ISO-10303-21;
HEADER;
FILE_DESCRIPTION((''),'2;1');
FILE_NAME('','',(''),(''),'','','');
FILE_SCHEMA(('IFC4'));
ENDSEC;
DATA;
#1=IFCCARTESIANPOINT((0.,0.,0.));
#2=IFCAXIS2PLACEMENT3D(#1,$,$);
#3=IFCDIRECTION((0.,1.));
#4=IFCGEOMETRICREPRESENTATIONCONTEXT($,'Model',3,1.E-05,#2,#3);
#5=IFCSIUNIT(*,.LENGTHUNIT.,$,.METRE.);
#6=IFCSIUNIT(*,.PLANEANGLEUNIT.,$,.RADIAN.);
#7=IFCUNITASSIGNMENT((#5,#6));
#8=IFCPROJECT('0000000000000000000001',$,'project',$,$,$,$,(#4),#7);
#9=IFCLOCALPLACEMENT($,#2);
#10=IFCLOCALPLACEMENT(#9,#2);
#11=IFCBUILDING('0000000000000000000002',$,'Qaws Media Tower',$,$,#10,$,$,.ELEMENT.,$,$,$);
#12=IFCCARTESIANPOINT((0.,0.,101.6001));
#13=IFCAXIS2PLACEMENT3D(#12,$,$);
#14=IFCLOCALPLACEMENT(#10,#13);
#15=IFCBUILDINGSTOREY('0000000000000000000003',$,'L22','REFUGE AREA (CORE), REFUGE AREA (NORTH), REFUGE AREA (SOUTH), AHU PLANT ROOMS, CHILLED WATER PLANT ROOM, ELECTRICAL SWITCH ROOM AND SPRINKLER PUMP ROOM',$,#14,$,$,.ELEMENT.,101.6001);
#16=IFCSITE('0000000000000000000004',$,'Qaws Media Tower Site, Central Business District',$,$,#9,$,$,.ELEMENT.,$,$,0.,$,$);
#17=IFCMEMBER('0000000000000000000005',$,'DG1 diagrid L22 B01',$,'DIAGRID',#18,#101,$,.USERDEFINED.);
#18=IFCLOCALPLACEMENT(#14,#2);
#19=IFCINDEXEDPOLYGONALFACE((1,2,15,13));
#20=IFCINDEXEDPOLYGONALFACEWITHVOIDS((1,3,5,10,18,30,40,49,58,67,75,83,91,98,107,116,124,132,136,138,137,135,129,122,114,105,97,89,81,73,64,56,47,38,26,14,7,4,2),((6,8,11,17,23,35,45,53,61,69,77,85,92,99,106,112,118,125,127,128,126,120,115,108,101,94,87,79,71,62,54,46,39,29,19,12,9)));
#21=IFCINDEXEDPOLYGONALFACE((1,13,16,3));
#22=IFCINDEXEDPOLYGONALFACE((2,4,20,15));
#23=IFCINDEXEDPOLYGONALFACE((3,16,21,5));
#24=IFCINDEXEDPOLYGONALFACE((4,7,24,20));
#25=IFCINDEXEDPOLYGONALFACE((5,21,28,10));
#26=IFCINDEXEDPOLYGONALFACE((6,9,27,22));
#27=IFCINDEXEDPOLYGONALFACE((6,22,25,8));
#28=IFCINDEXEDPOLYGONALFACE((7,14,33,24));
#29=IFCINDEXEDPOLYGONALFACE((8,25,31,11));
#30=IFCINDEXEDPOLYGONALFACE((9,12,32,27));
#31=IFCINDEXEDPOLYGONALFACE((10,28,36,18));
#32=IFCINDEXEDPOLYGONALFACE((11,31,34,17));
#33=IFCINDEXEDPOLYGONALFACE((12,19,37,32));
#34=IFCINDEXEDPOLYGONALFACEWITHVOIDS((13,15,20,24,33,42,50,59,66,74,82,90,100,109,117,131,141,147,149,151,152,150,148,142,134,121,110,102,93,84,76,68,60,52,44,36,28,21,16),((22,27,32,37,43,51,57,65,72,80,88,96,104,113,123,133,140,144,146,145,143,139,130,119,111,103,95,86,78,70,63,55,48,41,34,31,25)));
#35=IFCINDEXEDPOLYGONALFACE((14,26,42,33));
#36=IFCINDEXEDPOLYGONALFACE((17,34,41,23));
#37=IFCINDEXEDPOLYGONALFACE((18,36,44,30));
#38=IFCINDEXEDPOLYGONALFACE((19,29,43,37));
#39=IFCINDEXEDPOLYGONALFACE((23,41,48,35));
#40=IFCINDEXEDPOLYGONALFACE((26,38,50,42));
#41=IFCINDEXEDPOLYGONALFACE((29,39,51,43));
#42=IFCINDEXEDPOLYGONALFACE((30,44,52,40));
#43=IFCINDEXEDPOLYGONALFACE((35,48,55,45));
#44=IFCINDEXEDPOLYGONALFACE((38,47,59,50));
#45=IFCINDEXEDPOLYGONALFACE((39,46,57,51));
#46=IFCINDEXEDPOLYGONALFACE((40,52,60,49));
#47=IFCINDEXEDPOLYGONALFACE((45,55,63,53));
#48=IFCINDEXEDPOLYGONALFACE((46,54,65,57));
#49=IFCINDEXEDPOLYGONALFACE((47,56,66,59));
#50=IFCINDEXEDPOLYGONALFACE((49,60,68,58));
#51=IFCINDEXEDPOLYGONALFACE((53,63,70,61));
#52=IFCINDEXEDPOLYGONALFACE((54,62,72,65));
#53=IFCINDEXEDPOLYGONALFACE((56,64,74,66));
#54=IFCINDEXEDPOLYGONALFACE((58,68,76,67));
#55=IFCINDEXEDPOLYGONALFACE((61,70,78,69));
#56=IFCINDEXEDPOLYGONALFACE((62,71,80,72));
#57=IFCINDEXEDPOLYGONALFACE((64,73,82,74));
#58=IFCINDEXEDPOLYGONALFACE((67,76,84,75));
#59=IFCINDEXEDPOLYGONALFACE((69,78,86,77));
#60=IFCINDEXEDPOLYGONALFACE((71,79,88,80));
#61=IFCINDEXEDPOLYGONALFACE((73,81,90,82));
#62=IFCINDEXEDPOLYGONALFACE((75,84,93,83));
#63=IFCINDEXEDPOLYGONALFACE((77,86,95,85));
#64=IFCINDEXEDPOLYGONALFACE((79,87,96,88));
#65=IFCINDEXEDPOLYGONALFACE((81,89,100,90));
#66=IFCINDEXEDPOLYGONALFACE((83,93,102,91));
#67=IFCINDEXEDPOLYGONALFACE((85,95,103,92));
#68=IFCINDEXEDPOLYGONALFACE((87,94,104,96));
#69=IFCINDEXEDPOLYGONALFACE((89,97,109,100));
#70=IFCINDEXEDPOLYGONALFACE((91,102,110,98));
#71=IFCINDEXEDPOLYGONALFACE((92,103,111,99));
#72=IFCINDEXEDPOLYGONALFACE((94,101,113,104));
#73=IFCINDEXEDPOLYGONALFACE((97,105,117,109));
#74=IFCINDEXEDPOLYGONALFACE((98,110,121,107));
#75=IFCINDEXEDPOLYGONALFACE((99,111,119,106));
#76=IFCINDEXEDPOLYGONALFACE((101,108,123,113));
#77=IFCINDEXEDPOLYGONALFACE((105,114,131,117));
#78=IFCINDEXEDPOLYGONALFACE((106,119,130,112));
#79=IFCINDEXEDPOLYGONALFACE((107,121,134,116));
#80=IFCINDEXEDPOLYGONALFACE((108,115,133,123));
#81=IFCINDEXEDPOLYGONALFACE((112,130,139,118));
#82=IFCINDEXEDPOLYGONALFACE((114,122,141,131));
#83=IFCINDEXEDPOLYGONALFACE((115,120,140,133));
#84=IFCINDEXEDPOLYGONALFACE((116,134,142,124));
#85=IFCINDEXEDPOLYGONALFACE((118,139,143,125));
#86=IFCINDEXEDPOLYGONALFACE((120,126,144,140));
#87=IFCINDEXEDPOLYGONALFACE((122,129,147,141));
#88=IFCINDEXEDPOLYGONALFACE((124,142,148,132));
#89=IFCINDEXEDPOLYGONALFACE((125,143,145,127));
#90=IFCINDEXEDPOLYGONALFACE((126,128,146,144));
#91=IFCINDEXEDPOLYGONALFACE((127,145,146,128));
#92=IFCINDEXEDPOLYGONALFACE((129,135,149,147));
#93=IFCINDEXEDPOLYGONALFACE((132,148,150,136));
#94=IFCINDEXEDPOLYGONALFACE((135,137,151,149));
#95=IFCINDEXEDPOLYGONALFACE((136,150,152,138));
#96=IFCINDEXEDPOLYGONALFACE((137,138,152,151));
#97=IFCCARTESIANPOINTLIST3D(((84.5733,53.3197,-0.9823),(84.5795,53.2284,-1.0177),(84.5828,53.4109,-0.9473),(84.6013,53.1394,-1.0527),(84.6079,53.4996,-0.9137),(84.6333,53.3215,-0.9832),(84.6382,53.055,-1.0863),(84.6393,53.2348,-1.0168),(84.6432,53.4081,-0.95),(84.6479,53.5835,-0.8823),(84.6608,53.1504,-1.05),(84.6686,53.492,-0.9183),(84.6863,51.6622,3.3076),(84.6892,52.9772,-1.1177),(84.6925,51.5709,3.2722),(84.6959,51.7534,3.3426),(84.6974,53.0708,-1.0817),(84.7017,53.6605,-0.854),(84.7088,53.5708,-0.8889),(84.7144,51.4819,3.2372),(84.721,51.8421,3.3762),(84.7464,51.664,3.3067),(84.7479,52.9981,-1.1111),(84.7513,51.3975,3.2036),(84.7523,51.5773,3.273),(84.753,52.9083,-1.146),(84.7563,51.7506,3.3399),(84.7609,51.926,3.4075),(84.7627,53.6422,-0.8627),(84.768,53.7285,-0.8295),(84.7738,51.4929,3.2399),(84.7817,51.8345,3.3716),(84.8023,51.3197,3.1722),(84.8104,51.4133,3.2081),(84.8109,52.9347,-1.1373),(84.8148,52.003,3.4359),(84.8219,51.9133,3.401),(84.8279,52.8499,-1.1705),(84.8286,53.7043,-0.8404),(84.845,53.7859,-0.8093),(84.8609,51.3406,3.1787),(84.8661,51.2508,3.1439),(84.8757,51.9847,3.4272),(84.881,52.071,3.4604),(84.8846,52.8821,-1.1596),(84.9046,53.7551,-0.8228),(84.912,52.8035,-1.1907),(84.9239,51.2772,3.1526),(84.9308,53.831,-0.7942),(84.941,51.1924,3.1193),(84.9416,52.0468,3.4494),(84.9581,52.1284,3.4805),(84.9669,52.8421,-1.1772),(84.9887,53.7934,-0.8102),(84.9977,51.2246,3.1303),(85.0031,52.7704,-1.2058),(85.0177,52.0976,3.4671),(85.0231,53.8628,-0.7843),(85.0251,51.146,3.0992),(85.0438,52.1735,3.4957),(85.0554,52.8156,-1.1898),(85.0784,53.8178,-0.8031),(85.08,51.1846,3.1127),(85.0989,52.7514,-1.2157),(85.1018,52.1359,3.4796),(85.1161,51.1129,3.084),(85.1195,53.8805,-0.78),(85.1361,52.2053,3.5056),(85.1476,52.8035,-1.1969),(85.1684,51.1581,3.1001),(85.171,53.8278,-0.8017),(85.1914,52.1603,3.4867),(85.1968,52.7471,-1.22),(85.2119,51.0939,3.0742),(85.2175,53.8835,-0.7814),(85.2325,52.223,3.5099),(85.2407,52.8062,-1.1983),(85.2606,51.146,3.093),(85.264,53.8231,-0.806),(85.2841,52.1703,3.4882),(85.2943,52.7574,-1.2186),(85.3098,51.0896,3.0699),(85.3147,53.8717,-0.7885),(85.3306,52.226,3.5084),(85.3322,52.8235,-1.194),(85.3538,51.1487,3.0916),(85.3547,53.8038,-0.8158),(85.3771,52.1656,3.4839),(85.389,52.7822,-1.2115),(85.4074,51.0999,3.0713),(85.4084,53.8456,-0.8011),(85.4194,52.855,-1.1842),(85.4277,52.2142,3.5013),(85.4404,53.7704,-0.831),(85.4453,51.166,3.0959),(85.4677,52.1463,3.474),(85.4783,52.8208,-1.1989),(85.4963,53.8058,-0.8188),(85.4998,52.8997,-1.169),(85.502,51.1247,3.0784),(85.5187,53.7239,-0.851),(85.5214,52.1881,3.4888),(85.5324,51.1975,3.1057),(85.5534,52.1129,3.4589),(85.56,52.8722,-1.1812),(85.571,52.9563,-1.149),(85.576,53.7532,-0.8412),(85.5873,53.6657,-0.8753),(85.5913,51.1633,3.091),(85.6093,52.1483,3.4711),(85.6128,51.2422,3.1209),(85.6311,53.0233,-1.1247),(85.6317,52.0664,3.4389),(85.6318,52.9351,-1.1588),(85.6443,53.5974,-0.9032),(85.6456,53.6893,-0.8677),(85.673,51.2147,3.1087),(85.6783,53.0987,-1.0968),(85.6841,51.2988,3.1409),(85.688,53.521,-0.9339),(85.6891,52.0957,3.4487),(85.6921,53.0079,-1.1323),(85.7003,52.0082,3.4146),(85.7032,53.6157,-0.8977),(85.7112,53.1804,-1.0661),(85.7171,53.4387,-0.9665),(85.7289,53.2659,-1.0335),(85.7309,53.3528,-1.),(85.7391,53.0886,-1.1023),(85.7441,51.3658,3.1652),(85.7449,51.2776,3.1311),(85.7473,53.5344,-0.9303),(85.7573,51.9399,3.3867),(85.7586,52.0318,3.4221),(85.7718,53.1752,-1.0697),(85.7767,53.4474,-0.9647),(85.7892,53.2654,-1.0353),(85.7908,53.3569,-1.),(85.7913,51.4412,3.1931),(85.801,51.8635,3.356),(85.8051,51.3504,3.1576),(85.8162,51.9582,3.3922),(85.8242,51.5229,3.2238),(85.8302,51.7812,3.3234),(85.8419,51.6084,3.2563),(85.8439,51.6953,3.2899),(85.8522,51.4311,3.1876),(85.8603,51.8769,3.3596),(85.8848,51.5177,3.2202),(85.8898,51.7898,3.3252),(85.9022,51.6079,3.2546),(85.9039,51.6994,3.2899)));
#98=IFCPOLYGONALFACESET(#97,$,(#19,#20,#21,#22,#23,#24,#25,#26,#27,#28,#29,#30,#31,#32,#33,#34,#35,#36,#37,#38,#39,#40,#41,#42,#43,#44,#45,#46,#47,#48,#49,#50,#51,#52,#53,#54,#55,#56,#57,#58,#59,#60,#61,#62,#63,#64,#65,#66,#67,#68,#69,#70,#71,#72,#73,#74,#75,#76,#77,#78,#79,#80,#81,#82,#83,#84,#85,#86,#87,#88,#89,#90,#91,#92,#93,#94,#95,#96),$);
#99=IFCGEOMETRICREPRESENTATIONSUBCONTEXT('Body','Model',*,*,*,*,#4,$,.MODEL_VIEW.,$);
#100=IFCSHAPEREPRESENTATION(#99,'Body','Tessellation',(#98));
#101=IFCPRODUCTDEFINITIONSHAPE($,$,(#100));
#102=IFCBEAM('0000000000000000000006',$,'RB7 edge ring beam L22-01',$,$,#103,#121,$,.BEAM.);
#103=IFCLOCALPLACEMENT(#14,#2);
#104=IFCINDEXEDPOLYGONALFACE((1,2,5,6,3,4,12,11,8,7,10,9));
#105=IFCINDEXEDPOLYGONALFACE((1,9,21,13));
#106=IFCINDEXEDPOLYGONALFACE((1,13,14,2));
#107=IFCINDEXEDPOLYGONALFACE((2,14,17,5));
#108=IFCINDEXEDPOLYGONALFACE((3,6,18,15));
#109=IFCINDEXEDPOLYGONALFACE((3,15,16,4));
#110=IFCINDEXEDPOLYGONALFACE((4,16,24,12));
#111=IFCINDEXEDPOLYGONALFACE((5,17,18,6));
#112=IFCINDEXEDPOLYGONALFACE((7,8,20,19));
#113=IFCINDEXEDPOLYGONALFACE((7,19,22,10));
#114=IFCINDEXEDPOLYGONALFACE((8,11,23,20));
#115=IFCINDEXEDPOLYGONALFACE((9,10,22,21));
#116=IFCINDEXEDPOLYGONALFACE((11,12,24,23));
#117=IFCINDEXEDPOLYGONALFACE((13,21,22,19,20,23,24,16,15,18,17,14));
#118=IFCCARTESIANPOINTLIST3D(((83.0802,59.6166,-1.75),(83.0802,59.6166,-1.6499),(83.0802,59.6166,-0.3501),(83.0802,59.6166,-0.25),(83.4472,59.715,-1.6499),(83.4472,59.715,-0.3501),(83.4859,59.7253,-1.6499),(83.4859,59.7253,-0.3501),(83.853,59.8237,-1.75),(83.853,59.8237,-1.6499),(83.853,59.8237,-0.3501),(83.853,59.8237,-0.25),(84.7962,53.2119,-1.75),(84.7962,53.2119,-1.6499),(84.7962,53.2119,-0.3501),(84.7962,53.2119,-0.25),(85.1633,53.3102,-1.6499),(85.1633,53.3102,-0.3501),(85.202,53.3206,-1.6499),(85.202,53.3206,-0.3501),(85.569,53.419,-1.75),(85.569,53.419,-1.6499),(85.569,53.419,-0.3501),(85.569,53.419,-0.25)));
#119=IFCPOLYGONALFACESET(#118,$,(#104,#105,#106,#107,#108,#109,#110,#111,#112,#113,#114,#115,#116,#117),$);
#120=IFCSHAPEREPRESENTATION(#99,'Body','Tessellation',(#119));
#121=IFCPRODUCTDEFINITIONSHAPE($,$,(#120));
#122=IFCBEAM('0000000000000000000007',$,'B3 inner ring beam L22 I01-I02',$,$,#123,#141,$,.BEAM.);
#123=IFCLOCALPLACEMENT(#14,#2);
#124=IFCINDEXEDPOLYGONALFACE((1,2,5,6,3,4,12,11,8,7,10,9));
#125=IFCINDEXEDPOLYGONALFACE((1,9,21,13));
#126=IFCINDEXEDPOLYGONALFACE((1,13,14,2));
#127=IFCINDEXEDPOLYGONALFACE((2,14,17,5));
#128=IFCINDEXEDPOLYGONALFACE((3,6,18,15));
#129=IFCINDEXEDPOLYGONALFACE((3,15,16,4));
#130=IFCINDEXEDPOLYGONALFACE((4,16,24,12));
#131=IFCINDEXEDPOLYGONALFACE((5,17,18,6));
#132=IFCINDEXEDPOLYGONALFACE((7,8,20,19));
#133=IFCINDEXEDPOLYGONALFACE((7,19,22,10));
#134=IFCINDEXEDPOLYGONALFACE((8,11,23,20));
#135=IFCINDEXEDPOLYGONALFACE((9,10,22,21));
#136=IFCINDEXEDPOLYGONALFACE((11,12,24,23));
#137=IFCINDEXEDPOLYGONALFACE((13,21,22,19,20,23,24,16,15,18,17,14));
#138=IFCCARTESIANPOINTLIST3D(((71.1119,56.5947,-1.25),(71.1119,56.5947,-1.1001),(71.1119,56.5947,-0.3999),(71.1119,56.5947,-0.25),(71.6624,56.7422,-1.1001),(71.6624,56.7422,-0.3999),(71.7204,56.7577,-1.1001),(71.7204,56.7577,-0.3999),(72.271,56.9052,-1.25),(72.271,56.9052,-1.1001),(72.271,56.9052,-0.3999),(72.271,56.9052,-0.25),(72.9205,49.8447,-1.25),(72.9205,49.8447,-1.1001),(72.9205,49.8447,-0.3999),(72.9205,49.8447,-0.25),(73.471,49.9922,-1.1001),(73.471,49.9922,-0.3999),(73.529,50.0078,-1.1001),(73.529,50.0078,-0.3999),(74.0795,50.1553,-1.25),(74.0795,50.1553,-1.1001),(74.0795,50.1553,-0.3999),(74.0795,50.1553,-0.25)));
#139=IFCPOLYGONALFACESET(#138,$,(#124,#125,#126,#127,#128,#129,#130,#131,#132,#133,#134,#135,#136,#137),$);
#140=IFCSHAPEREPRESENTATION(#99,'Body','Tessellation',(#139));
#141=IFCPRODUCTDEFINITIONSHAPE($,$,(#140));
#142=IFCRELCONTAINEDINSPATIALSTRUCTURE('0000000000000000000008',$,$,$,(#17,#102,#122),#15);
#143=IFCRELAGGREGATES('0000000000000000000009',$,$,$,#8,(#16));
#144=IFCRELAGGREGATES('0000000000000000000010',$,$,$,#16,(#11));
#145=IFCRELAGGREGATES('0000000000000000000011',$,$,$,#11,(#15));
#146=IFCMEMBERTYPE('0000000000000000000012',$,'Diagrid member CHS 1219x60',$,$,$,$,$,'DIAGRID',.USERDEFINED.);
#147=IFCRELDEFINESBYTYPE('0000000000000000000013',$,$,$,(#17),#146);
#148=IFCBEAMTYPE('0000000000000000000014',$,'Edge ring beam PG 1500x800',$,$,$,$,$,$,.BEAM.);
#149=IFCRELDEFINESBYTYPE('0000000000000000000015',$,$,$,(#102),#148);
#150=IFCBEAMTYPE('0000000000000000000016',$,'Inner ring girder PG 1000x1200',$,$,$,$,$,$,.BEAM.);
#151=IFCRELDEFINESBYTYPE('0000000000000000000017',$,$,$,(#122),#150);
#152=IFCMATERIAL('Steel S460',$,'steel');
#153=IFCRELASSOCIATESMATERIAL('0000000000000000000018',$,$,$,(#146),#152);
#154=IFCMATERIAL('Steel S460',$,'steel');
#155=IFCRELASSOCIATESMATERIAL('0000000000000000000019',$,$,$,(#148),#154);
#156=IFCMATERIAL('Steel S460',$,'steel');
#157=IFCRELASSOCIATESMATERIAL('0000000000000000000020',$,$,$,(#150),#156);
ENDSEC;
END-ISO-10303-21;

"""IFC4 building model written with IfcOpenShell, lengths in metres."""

from ifc_helpers import new_model, si_unit, direction, frame, origin, origin_2d, place, context, subcontext, project, spatial, hollow_circle, i_section, extrude, material, material_profile, profile_set, type_object, element, save


model = new_model("IFC4")

# Units and contexts
model_context = context("Model", 3, precision=1e-05, world=origin(), true_north=direction((0.0, 1.0)))
body_context = subcontext(model_context, "Body", "Model", "MODEL_VIEW")
ifc_project = project(units=[si_unit("LENGTHUNIT", "METRE"), si_unit("PLANEANGLEUNIT", "RADIAN")], contexts=[model_context])

# Site, building, storey
site_placement = place(None, origin())
site = spatial("IfcSite", under=ifc_project, at=site_placement, Name="Qaws Media Tower Site, Central Business District", CompositionType="ELEMENT", RefElevation=0.0)
building_placement = place(site_placement, origin())
building = spatial("IfcBuilding", under=site, at=building_placement, Name="Qaws Media Tower", CompositionType="ELEMENT")
storey_placement = place(building_placement, frame((0.0, 0.0, 101.6001)))
storey = spatial("IfcBuildingStorey", under=building, at=storey_placement, Name="L22", Description="REFUGE AREA (CORE), REFUGE AREA (NORTH), REFUGE AREA (SOUTH), AHU PLANT ROOMS, CHILLED WATER PLANT ROOM, ELECTRICAL SWITCH ROOM AND SPRINKLER PUMP ROOM", CompositionType="ELEMENT", Elevation=101.6001)

# Member
ifc_material_1 = material(Name="Steel S460", Category="steel")
ifc_material_profile_1 = material_profile(ifc_material_1, hollow_circle(Radius=0.6096, WallThickness=0.0601, at=origin_2d()), Name="CHS 1219x60")
ifc_profile_set_1 = profile_set([ifc_material_profile_1], Name="Steel S460")
member_type_1 = type_object("IfcMemberType", Name="Diagrid member CHS 1219x60", ElementType="DIAGRID", PredefinedType="USERDEFINED", material=ifc_profile_set_1)
member_1_placement = place(storey_placement, frame((85.1826, 53.3154, -1.0), z_axis=(0.024572, -0.3603, 0.932513), x_axis=(0.997683, 0.068041, 0.0)))
element("IfcMember", 1, at=member_1_placement, inside=storey, type_object=member_type_1, Name="DG1 diagrid L22 B01", ObjectType="DIAGRID", PredefinedType="USERDEFINED", context=body_context, shape_type="SweptSolid", body=[
    extrude(hollow_circle(Radius=0.6096, WallThickness=0.0601, at=origin_2d()), origin(), (0.0, 0.0, 1.0), 4.6003),
])

# Beams
ifc_material_2 = material(Name="Steel S460", Category="steel")
ifc_material_profile_2 = material_profile(ifc_material_2, i_section(OverallWidth=0.8, OverallDepth=1.5, WebThickness=0.04, FlangeThickness=0.1001, at=origin_2d()), Name="PG 1500x800")
ifc_profile_set_2 = profile_set([ifc_material_profile_2], Name="Steel S460")
beam_type_1 = type_object("IfcBeamType", Name="Edge ring beam PG 1500x800", PredefinedType="BEAM", material=ifc_profile_set_2)
beam_1_placement = place(storey_placement, frame((85.1826, 53.3154, -1.0), z_axis=(-0.258806, 0.965929, 0.0), x_axis=(-0.965929, -0.258806, 0.0)))
element("IfcBeam", 2, at=beam_1_placement, inside=storey, type_object=beam_type_1, Name="RB7 edge ring beam L22-01", PredefinedType="BEAM", context=body_context, shape_type="SweptSolid", body=[
    extrude(i_section(OverallWidth=0.8, OverallDepth=1.5, WebThickness=0.04, FlangeThickness=0.1001, at=origin_2d()), origin(), (0.0, 0.0, 1.0), 6.6306),
])
ifc_material_3 = material(Name="Steel S460", Category="steel")
ifc_material_profile_3 = material_profile(ifc_material_3, i_section(OverallWidth=1.2, OverallDepth=1.0, WebThickness=0.0601, FlangeThickness=0.1499, at=origin_2d()), Name="PG 1000x1200")
ifc_profile_set_3 = profile_set([ifc_material_profile_3], Name="Steel S460")
beam_type_2 = type_object("IfcBeamType", Name="Inner ring girder PG 1000x1200", PredefinedType="BEAM", material=ifc_profile_set_3)
beam_2_placement = place(storey_placement, frame((73.5, 50.0, -0.75), z_axis=(-0.258811, 0.965928, 0.0), x_axis=(-0.965928, -0.258811, 0.0)))
element("IfcBeam", 3, at=beam_2_placement, inside=storey, type_object=beam_type_2, Name="B3 inner ring beam L22 I01-I02", PredefinedType="BEAM", context=body_context, shape_type="SweptSolid", body=[
    extrude(i_section(OverallWidth=1.2, OverallDepth=1.0, WebThickness=0.0601, FlangeThickness=0.1499, at=origin_2d()), origin(), (0.0, 0.0, 1.0), 6.988),
])

save(model, "model.ifc")
